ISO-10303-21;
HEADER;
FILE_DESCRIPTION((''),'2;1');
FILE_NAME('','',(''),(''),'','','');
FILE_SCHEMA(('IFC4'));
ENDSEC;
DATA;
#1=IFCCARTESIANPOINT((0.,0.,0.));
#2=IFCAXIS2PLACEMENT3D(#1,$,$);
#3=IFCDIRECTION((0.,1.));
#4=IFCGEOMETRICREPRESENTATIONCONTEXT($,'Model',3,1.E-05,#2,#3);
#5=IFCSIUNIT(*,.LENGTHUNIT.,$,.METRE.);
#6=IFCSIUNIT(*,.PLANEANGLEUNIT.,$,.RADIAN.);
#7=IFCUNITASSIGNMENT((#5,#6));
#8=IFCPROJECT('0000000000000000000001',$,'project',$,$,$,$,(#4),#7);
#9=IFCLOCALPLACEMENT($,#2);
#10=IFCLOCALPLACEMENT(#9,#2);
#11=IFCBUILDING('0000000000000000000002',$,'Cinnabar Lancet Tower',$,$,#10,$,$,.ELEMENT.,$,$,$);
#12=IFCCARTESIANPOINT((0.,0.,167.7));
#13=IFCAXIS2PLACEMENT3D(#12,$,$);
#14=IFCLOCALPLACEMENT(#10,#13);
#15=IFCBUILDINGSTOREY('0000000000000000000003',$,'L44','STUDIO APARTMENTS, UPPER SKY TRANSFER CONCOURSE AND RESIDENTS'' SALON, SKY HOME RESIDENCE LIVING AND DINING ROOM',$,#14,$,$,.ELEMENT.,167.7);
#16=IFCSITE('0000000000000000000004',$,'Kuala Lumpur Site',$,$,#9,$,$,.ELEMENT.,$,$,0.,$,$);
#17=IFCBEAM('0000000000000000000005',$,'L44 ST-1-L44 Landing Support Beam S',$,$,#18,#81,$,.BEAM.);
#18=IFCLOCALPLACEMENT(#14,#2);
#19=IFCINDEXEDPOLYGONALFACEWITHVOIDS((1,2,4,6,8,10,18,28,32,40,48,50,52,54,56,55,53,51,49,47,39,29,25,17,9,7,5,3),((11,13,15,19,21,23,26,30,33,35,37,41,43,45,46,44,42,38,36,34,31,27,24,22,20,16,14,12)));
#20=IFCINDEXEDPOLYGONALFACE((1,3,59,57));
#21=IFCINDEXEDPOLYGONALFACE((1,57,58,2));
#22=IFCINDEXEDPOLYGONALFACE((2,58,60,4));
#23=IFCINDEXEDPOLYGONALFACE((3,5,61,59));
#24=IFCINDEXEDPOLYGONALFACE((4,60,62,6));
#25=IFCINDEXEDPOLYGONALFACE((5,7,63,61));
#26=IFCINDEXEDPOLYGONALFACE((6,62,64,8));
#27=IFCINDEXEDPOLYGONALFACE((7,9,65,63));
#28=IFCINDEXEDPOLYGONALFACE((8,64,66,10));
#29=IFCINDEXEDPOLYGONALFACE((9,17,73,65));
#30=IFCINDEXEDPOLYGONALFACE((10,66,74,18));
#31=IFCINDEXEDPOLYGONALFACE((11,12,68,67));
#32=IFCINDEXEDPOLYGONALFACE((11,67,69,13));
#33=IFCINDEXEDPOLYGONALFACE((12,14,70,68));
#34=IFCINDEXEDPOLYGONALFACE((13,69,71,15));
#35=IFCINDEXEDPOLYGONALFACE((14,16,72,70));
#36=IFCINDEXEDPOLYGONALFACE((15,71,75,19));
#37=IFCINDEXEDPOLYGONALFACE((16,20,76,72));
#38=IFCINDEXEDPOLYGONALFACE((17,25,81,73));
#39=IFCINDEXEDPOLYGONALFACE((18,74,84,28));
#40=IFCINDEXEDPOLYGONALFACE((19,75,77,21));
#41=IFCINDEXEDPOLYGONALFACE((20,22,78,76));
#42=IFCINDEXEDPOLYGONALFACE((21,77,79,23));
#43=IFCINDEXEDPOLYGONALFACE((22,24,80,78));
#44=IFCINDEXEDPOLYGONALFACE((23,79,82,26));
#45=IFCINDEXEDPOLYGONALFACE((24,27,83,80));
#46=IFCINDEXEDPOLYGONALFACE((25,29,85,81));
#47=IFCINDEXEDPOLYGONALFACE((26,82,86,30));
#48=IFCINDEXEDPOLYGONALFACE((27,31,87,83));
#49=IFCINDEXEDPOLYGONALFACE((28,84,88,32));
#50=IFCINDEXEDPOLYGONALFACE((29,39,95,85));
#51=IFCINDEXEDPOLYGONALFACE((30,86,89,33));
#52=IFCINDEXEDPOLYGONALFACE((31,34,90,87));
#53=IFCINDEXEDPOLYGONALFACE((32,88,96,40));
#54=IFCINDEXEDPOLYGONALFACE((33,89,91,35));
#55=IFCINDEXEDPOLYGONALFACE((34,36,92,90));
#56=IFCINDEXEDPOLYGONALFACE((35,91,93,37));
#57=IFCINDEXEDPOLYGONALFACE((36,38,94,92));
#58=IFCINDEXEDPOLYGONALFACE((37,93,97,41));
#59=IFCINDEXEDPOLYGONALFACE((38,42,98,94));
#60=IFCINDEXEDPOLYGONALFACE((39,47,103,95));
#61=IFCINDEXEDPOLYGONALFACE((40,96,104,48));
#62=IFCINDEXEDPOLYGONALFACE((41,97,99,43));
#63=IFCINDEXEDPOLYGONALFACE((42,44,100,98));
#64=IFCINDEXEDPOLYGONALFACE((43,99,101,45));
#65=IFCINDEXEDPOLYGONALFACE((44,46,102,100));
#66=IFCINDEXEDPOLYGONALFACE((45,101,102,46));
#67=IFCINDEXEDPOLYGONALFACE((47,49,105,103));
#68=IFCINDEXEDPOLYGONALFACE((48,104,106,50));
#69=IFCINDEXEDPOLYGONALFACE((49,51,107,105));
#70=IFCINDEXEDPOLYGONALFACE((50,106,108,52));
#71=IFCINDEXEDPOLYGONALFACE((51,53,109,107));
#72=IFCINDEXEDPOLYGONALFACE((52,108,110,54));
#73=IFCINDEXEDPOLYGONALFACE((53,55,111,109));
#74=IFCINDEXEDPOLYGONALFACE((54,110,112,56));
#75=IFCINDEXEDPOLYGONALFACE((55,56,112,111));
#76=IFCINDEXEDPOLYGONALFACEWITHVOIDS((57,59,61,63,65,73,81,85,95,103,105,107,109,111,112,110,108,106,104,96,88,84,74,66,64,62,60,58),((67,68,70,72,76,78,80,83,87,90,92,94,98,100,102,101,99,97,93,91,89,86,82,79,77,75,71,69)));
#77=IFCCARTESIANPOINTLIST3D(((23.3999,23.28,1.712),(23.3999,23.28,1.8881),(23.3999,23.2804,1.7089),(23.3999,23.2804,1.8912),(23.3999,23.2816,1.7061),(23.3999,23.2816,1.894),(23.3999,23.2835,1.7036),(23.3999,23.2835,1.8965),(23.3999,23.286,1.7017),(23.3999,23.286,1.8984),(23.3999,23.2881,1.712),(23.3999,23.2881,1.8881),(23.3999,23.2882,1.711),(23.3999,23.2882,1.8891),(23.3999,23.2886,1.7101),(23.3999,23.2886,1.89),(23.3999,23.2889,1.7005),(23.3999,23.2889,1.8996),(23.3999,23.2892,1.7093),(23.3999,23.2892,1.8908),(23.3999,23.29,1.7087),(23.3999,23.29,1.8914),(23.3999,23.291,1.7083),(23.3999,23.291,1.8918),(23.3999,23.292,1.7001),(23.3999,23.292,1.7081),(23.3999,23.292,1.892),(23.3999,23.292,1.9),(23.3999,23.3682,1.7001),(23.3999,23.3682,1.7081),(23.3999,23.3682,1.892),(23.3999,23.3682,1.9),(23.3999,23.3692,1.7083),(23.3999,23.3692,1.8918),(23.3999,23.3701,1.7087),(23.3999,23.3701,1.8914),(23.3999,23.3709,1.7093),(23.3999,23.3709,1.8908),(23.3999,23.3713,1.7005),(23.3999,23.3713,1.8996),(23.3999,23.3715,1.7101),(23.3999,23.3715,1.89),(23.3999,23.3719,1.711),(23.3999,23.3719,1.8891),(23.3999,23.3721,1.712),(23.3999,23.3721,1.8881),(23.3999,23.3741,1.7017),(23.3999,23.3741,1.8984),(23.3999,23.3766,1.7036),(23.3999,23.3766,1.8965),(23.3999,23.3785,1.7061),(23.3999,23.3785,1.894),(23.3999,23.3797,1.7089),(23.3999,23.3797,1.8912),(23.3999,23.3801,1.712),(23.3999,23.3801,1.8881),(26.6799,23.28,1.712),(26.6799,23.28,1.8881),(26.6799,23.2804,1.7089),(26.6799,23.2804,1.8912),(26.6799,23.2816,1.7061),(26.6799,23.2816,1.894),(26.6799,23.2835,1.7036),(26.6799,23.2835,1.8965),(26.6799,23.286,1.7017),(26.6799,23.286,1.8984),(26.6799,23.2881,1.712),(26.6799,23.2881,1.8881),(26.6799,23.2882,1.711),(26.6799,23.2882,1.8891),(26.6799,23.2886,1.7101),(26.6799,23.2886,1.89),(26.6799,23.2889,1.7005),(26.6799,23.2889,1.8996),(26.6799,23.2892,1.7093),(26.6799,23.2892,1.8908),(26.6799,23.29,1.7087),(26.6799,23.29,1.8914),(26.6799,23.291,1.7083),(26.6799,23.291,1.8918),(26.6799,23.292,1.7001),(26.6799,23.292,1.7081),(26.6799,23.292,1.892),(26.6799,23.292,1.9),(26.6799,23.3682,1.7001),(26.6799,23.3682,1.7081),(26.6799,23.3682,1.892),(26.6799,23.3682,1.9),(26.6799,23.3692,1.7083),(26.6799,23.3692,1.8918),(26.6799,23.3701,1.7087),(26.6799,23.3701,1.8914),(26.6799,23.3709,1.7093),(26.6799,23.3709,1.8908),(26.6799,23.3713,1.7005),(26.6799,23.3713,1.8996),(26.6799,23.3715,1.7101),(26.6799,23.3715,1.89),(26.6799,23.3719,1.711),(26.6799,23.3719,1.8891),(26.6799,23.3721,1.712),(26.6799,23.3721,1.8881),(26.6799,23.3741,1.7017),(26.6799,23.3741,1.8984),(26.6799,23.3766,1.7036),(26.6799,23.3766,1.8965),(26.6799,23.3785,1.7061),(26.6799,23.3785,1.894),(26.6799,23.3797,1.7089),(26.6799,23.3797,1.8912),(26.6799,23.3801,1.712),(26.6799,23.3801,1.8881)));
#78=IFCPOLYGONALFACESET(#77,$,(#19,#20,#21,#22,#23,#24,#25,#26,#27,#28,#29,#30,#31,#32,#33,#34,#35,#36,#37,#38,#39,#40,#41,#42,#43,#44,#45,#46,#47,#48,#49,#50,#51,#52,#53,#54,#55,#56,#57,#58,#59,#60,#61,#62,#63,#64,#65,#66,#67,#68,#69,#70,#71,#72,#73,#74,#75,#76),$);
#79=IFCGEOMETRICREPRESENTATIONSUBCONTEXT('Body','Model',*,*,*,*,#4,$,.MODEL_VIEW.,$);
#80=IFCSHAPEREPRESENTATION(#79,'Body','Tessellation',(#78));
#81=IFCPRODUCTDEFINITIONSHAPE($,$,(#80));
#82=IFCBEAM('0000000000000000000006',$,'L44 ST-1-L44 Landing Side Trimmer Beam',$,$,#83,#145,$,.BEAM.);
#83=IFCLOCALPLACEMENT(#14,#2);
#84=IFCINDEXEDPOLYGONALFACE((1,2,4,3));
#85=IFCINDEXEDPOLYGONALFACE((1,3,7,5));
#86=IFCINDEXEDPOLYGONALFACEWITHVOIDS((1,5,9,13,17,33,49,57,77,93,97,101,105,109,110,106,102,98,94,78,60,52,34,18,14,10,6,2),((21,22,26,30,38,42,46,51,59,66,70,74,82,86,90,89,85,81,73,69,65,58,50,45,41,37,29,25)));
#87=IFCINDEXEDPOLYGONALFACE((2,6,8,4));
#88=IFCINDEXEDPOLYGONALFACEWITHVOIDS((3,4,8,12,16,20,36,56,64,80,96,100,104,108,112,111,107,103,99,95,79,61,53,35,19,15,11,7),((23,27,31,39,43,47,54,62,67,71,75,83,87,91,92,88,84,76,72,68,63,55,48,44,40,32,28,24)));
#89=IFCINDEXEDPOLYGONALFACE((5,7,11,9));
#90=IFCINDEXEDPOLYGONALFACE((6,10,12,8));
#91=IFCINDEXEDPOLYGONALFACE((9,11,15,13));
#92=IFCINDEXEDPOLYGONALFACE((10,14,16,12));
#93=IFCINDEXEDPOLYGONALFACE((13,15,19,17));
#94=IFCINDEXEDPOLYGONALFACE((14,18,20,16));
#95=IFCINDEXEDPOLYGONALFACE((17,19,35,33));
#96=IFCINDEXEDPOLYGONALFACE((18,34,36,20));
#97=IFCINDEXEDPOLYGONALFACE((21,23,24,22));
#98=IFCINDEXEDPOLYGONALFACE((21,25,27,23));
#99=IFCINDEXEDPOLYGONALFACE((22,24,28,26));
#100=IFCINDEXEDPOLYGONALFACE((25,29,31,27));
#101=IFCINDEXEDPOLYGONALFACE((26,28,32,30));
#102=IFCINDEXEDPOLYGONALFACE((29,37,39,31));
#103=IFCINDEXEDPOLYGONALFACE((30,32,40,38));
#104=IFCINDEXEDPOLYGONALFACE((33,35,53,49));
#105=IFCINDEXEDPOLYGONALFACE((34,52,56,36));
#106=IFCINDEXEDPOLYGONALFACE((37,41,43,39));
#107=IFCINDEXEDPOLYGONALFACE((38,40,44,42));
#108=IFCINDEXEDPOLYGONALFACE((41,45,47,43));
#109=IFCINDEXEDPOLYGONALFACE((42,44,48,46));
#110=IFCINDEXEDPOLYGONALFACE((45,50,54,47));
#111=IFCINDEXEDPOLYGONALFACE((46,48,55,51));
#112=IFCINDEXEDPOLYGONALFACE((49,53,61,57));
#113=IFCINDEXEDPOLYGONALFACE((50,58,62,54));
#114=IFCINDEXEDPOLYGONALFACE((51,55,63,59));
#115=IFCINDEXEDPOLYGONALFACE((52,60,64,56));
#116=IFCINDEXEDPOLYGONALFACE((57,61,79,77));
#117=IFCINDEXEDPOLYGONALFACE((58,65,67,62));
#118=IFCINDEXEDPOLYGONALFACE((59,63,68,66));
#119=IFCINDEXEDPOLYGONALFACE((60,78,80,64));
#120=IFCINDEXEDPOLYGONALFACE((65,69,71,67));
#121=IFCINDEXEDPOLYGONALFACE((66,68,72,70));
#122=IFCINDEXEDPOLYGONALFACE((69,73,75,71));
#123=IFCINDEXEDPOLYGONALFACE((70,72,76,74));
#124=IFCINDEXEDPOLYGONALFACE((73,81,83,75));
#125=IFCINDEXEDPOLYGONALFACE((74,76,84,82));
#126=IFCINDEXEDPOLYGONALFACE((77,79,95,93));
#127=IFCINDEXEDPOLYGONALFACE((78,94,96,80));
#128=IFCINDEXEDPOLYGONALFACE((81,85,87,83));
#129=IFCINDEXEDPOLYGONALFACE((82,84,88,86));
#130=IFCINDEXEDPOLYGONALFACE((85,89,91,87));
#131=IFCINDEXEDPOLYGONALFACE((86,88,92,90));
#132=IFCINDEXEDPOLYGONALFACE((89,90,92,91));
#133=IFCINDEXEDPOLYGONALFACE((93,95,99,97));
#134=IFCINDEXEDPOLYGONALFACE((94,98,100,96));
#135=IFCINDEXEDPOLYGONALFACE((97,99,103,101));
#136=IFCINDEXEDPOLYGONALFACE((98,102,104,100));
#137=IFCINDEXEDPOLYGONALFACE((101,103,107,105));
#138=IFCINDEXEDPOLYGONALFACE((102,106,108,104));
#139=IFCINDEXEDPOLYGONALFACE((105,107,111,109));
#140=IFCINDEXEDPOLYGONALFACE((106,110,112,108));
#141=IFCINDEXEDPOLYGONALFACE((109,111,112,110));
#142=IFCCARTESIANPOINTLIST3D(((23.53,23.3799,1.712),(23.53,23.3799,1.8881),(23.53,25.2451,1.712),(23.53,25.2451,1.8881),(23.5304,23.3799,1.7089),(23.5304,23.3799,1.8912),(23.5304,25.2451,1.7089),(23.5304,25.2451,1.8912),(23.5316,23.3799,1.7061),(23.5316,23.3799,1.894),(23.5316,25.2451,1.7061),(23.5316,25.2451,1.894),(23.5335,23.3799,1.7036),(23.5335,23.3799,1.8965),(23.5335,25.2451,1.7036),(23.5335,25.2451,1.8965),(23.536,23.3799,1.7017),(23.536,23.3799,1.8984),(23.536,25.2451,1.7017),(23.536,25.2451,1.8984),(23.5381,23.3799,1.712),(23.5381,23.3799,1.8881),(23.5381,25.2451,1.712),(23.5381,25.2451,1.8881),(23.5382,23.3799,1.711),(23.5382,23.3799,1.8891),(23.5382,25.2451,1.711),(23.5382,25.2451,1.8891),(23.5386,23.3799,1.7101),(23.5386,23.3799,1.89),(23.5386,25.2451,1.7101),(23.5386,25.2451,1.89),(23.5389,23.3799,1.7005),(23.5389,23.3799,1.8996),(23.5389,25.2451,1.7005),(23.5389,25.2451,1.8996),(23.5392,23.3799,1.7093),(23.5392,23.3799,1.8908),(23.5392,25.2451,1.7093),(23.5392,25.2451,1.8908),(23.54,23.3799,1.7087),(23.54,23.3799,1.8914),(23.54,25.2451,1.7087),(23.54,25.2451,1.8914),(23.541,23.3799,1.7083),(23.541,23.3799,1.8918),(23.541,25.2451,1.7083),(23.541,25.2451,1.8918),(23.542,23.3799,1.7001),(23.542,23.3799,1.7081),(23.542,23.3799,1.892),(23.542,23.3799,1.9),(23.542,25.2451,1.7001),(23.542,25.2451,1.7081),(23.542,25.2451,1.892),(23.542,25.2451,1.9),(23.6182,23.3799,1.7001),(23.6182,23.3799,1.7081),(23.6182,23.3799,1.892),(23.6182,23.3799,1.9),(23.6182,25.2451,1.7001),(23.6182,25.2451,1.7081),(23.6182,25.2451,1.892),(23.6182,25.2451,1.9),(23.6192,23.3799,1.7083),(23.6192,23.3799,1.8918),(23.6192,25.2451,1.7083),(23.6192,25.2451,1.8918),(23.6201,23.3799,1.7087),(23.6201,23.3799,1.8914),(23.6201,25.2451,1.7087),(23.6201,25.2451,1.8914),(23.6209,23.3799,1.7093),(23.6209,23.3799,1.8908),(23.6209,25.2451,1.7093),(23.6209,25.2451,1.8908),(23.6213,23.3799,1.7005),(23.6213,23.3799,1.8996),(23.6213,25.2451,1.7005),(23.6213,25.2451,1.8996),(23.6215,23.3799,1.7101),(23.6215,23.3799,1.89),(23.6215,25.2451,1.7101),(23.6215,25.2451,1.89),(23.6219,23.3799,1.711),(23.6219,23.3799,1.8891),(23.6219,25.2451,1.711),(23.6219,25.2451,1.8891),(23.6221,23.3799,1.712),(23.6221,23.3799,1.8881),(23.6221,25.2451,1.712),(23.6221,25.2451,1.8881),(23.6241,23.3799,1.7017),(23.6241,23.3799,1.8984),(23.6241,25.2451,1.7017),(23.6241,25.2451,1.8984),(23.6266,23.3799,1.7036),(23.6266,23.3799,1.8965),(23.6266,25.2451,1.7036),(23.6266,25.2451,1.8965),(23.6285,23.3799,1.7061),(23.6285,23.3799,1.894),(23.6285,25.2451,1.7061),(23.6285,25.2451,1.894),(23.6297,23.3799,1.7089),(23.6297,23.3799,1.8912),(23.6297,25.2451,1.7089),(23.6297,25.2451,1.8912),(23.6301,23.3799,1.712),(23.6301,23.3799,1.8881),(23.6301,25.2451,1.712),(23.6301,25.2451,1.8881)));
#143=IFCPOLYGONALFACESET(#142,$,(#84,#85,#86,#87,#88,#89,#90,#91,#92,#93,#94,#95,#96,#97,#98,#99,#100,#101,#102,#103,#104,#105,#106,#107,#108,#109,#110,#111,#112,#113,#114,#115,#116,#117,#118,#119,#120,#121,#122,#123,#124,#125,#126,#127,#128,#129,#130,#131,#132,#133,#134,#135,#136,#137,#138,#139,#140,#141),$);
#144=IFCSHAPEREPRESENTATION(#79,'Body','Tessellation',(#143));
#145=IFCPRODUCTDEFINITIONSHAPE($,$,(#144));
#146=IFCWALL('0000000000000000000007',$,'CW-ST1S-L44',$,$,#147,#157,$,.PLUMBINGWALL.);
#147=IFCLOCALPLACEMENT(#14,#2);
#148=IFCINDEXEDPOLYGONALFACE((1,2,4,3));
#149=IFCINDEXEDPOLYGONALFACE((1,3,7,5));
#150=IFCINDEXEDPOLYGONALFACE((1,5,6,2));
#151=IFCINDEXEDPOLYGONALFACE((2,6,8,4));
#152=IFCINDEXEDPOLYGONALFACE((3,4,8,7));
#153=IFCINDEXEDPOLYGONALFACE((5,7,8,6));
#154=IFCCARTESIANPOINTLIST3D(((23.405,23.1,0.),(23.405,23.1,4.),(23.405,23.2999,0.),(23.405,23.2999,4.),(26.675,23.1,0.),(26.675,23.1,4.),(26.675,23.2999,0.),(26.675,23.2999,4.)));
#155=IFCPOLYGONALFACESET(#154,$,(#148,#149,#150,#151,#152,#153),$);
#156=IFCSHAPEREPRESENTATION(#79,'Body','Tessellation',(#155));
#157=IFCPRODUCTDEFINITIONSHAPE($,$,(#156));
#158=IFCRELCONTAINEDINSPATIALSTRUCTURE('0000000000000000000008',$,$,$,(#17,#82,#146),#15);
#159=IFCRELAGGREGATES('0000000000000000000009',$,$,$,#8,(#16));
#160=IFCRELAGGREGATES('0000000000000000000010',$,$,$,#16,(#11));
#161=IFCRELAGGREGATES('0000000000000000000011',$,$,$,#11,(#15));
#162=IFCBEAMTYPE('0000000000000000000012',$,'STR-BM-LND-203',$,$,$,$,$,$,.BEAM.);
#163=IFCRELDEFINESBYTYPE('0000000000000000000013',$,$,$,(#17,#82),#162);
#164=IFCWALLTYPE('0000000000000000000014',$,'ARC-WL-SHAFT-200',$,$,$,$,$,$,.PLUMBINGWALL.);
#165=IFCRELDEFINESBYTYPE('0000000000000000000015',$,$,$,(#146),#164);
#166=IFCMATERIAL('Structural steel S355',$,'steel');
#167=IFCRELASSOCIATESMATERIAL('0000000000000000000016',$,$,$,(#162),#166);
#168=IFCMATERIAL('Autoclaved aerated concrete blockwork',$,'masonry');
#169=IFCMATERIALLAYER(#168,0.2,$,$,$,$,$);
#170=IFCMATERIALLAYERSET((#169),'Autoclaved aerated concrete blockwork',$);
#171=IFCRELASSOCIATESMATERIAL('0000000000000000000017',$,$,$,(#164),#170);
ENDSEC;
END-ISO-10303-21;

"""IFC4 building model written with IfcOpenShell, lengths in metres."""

from ifc_helpers import new_model, si_unit, direction, frame, frame_2d, origin, origin_2d, place, context, subcontext, project, spatial, rectangle, hollow_rectangle, extrude, material, layer, layer_set, material_profile, profile_set, type_object, element, save


model = new_model("IFC4")

# Units and contexts
model_context = context("Model", 3, precision=1e-05, world=origin(), true_north=direction((0.0, 1.0)))
body_context = subcontext(model_context, "Body", "Model", "MODEL_VIEW")
ifc_project = project(units=[si_unit("LENGTHUNIT", "METRE"), si_unit("PLANEANGLEUNIT", "RADIAN")], contexts=[model_context])

# Site, building, storey
site_placement = place(None, origin())
site = spatial("IfcSite", under=ifc_project, at=site_placement, Name="Kuala Lumpur Site", CompositionType="ELEMENT", RefElevation=0.0)
building_placement = place(site_placement, origin())
building = spatial("IfcBuilding", under=site, at=building_placement, Name="Cinnabar Lancet Tower", CompositionType="ELEMENT")
storey_placement = place(building_placement, frame((0.0, 0.0, 167.7)))
storey = spatial("IfcBuildingStorey", under=building, at=storey_placement, Name="L44", Description="STUDIO APARTMENTS, UPPER SKY TRANSFER CONCOURSE AND RESIDENTS' SALON, SKY HOME RESIDENCE LIVING AND DINING ROOM", CompositionType="ELEMENT", Elevation=167.7)

# Beams
ifc_material_1 = material(Name="Structural steel S355", Category="steel")
ifc_material_profile_1 = material_profile(ifc_material_1, hollow_rectangle(XDim=0.1001, YDim=0.2, WallThickness=0.0081, InnerFilletRadius=0.0039, OuterFilletRadius=0.012, at=origin_2d()), Name="RHS 200x100x8")
ifc_profile_set_1 = profile_set([ifc_material_profile_1], Name="Structural steel S355")
beam_type_1 = type_object("IfcBeamType", Name="STR-BM-LND-203", PredefinedType="BEAM", material=ifc_profile_set_1)
beam_1_placement = place(storey_placement, frame((23.3999, 23.3301, 1.8), z_axis=(1.0, 0.0, 0.0), x_axis=(0.0, 1.0, 0.0)))
element("IfcBeam", 1, at=beam_1_placement, inside=storey, type_object=beam_type_1, Name="L44 ST-1-L44 Landing Support Beam S", PredefinedType="BEAM", context=body_context, shape_type="SweptSolid", body=[
    extrude(hollow_rectangle(XDim=0.1001, YDim=0.2, WallThickness=0.0081, InnerFilletRadius=0.0039, OuterFilletRadius=0.012, at=origin_2d()), origin(), (0.0, 0.0, 1.0), 3.28),
])
beam_2_placement = place(storey_placement, frame((23.5801, 23.3799, 1.8), z_axis=(0.0, 1.0, 0.0), x_axis=(-1.0, 0.0, 0.0)))
element("IfcBeam", 2, at=beam_2_placement, inside=storey, type_object=beam_type_1, Name="L44 ST-1-L44 Landing Side Trimmer Beam", PredefinedType="BEAM", context=body_context, shape_type="SweptSolid", body=[
    extrude(hollow_rectangle(XDim=0.1001, YDim=0.2, WallThickness=0.0081, InnerFilletRadius=0.0039, OuterFilletRadius=0.012, at=origin_2d()), origin(), (0.0, 0.0, 1.0), 1.8652),
])

# Wall
ifc_material_2 = material(Name="Autoclaved aerated concrete blockwork", Category="masonry")
ifc_layer_1 = layer(ifc_material_2, 0.2)
ifc_layer_set_1 = layer_set([ifc_layer_1], Name="Autoclaved aerated concrete blockwork")
wall_type_1 = type_object("IfcWallType", Name="ARC-WL-SHAFT-200", PredefinedType="PLUMBINGWALL", material=ifc_layer_set_1)
wall_1_placement = place(storey_placement, frame((23.405, 23.2, 0.0), z_axis=(0.0, 0.0, 1.0), x_axis=(1.0, 0.0, 0.0)))
element("IfcWall", 3, at=wall_1_placement, inside=storey, type_object=wall_type_1, Name="CW-ST1S-L44", PredefinedType="PLUMBINGWALL", context=body_context, shape_type="SweptSolid", body=[
    extrude(rectangle(XDim=3.27, YDim=0.2, at=frame_2d((1.635, 0.0))), origin(), (0.0, 0.0, 1.0), 4.0),
])

save(model, "model.ifc")
